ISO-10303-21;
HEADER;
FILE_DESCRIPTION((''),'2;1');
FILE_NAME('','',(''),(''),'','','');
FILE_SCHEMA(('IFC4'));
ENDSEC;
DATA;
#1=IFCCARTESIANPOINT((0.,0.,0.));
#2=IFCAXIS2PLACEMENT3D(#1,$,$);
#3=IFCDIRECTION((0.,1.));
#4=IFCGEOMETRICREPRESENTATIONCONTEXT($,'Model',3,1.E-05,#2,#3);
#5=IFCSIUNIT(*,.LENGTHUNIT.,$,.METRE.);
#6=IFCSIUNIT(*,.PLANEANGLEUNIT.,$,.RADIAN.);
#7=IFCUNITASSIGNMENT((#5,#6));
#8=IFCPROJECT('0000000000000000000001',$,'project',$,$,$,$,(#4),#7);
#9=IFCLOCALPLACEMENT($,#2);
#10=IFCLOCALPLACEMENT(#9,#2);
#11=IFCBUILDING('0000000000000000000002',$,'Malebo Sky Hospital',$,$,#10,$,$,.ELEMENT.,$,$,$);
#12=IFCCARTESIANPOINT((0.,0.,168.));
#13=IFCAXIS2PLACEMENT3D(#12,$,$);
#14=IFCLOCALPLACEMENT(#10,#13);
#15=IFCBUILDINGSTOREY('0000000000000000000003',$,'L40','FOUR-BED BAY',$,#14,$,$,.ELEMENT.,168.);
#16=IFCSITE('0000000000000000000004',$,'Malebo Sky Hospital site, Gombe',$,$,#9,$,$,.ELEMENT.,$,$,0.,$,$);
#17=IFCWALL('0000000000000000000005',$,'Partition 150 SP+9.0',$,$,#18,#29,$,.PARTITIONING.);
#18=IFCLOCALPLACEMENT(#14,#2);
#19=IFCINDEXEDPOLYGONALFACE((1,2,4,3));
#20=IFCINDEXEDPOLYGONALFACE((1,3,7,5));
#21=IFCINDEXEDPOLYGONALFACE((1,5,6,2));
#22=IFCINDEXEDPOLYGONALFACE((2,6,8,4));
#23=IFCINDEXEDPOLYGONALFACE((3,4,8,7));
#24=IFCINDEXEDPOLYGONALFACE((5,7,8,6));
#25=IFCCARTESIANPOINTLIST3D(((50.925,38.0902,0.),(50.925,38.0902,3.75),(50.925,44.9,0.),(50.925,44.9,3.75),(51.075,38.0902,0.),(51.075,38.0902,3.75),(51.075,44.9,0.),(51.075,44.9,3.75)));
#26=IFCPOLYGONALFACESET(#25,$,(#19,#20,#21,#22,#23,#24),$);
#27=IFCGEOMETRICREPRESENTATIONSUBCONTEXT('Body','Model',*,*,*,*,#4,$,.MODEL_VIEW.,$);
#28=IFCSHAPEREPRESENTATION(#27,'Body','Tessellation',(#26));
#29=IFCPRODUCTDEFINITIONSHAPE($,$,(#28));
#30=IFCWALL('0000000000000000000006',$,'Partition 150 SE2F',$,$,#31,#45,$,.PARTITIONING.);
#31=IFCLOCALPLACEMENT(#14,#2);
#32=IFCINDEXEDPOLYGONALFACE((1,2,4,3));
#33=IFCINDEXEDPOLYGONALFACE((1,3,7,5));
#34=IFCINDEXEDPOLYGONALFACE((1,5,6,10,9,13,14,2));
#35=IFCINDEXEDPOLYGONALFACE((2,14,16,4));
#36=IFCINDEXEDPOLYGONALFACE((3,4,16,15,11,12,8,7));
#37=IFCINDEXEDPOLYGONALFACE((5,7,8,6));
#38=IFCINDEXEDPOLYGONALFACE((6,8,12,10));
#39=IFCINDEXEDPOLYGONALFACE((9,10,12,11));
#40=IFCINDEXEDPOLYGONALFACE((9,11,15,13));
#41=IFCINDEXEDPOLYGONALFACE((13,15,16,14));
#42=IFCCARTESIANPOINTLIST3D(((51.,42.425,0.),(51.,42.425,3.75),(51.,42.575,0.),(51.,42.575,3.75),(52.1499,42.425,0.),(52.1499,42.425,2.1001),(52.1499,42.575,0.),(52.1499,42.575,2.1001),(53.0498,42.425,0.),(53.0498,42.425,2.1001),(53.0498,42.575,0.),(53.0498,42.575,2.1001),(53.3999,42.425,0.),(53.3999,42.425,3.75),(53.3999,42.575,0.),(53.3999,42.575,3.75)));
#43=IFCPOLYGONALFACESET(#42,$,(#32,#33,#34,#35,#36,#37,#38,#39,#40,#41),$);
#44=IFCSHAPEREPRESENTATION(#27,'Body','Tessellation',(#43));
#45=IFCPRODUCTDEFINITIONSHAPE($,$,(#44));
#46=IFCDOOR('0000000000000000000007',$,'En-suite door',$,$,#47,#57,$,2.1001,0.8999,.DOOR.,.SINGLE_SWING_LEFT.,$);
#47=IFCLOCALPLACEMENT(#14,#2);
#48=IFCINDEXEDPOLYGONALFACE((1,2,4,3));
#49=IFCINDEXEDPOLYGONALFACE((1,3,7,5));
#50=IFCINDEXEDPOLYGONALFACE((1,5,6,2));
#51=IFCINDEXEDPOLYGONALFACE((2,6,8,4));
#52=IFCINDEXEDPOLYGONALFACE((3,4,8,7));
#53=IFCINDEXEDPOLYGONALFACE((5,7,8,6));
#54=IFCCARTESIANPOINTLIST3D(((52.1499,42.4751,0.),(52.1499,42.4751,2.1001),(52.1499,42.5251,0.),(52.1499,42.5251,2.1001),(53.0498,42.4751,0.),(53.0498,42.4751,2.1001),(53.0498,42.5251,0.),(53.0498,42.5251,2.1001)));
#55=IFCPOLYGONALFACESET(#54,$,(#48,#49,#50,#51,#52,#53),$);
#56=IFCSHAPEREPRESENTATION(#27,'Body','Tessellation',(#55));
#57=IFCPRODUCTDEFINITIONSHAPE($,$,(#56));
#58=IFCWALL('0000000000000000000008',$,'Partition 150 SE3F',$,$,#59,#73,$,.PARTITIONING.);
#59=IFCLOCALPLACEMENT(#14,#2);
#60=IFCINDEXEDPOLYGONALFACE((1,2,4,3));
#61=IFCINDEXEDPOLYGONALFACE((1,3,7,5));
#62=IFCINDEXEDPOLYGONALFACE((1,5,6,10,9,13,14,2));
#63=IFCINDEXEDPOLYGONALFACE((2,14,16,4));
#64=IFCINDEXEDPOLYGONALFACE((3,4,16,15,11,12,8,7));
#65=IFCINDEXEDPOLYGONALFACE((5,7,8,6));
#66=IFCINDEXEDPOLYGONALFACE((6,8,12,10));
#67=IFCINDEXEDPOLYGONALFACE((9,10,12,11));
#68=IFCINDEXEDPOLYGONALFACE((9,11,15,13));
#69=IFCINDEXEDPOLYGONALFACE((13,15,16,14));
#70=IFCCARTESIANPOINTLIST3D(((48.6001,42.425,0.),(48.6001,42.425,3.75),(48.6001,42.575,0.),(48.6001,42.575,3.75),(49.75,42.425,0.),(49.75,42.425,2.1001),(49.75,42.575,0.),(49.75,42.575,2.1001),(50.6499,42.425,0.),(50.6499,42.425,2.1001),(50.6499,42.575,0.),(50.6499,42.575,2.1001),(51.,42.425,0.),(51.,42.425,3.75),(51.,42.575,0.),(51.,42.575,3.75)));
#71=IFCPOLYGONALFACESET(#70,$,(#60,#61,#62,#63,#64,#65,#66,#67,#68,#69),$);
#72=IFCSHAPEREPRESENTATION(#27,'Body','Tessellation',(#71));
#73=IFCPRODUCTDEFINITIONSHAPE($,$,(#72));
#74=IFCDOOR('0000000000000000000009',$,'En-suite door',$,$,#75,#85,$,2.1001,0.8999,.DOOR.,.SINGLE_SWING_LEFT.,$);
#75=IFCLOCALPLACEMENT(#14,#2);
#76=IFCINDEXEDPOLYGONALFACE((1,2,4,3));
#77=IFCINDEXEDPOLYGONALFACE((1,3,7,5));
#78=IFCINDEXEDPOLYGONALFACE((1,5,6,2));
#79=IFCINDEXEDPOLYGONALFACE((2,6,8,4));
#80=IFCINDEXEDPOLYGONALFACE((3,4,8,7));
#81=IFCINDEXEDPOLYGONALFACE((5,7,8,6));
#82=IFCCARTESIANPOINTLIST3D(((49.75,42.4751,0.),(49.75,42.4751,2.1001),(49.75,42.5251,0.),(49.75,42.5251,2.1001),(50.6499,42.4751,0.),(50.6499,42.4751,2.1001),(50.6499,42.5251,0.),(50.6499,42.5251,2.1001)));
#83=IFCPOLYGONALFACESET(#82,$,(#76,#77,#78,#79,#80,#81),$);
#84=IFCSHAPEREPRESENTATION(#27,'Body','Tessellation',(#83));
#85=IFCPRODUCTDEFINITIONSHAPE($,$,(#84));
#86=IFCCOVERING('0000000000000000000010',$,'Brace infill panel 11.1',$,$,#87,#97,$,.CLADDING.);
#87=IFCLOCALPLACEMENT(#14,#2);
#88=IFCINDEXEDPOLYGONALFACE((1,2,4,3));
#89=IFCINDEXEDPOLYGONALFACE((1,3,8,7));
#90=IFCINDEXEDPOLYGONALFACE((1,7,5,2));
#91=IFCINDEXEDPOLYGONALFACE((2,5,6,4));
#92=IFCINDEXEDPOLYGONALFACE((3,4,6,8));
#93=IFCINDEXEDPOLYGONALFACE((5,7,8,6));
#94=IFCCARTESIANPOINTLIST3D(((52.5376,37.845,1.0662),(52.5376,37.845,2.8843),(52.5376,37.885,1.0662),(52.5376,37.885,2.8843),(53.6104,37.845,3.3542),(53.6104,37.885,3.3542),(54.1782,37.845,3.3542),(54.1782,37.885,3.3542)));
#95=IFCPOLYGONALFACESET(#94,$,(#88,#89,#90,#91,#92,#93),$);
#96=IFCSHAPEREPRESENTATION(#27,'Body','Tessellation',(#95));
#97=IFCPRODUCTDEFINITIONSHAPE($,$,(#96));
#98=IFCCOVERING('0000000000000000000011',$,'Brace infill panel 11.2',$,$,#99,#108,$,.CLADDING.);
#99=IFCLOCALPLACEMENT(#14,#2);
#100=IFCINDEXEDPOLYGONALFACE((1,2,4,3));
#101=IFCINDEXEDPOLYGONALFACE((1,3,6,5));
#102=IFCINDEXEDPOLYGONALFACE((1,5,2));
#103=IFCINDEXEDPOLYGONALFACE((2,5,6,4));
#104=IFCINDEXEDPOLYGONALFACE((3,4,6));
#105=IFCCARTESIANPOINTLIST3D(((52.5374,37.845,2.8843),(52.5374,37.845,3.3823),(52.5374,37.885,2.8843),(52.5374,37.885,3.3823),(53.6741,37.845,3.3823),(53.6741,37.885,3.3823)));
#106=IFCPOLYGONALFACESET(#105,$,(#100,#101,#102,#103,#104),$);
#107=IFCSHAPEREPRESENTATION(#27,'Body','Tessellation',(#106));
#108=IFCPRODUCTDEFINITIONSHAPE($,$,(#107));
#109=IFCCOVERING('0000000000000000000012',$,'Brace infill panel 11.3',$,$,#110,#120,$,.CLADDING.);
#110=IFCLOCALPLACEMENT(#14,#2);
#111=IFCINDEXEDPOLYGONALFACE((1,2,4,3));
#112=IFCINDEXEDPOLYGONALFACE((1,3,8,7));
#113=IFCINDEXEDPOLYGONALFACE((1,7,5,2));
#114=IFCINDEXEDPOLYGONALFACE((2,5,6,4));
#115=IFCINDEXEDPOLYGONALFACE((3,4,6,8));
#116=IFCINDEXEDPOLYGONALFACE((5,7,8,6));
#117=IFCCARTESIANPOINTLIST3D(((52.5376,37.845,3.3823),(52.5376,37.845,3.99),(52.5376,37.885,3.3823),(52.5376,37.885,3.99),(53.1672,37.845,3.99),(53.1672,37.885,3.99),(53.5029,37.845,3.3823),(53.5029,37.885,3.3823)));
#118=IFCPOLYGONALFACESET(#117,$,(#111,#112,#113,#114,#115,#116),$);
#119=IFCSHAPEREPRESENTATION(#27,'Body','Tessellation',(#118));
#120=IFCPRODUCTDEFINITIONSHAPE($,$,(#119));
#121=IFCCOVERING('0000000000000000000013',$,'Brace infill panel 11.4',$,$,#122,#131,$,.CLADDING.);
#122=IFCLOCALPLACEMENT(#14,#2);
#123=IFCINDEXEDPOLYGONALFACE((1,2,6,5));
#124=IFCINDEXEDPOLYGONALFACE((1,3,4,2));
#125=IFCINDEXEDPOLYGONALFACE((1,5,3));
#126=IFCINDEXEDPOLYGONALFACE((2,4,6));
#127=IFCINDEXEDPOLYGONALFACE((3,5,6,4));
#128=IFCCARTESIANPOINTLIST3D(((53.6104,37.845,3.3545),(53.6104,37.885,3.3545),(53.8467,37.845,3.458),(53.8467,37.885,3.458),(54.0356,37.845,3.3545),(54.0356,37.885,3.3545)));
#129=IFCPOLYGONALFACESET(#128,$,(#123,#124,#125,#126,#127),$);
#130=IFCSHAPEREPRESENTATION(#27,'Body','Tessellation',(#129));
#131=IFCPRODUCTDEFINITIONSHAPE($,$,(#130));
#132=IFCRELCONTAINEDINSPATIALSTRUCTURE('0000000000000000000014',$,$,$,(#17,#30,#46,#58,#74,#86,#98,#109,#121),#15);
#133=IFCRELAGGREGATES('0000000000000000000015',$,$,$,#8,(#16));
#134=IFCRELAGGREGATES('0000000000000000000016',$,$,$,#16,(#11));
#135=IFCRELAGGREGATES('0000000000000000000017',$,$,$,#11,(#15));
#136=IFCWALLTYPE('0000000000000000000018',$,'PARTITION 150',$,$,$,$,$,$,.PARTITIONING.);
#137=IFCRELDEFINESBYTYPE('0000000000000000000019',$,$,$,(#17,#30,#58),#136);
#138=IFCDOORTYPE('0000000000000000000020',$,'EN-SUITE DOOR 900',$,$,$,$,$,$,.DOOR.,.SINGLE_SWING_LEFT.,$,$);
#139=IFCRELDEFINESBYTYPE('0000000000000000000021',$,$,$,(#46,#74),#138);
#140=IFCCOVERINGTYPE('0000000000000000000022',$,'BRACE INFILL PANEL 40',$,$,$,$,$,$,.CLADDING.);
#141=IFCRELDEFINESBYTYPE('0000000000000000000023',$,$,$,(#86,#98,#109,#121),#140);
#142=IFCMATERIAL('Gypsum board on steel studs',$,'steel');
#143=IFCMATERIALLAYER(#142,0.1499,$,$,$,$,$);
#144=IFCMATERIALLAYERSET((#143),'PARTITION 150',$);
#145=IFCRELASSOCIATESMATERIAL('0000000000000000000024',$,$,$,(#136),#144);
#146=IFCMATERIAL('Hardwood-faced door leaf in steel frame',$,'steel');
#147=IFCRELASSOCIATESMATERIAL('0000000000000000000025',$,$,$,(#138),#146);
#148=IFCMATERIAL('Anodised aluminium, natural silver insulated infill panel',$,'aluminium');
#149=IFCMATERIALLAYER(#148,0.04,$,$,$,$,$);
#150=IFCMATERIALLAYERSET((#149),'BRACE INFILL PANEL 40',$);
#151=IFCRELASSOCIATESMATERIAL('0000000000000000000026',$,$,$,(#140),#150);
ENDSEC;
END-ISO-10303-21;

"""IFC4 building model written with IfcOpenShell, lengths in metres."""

from ifc_helpers import new_model, si_unit, direction, frame, frame_2d, origin, place, context, subcontext, project, spatial, polyline, rectangle, outline, extrude, material, layer, layer_set, type_object, element, fill, save


model = new_model("IFC4")

# Units and contexts
model_context = context("Model", 3, precision=1e-05, world=origin(), true_north=direction((0.0, 1.0)))
body_context = subcontext(model_context, "Body", "Model", "MODEL_VIEW")
ifc_project = project(units=[si_unit("LENGTHUNIT", "METRE"), si_unit("PLANEANGLEUNIT", "RADIAN")], contexts=[model_context])

# Site, building, storey
site_placement = place(None, origin())
site = spatial("IfcSite", under=ifc_project, at=site_placement, Name="Malebo Sky Hospital site, Gombe", CompositionType="ELEMENT", RefElevation=0.0)
building_placement = place(site_placement, origin())
building = spatial("IfcBuilding", under=site, at=building_placement, Name="Malebo Sky Hospital", CompositionType="ELEMENT")
storey_placement = place(building_placement, frame((0.0, 0.0, 168.0)))
storey = spatial("IfcBuildingStorey", under=building, at=storey_placement, Name="L40", Description="FOUR-BED BAY", CompositionType="ELEMENT", Elevation=168.0)

# Wall
ifc_material_1 = material(Name="Gypsum board on steel studs", Category="steel")
ifc_layer_1 = layer(ifc_material_1, 0.1499)
ifc_layer_set_1 = layer_set([ifc_layer_1], Name="PARTITION 150")
wall_type = type_object("IfcWallType", Name="PARTITION 150", PredefinedType="PARTITIONING", material=ifc_layer_set_1)
wall_1_placement = place(storey_placement, frame((51.0, 44.8999, 0.0), z_axis=(0.0, 0.0, 1.0), x_axis=(0.0, -1.0, 0.0)))
element("IfcWall", 1, at=wall_1_placement, inside=storey, type_object=wall_type, Name="Partition 150 SP+9.0", PredefinedType="PARTITIONING", context=body_context, shape_type="SweptSolid", body=[
    extrude(rectangle(XDim=6.8098, YDim=0.1499, at=frame_2d((3.4048, 0.0))), origin(), (0.0, 0.0, 1.0), 3.75),
])

# Walls, openings, doors
wall_2_placement = place(storey_placement, frame((53.3999, 42.5, 0.0), z_axis=(0.0, 0.0, 1.0), x_axis=(-1.0, 0.0, 0.0)))
wall_2 = element("IfcWall", 2, at=wall_2_placement, inside=storey, type_object=wall_type, Name="Partition 150 SE2F", PredefinedType="PARTITIONING", context=body_context, shape_type="SweptSolid", body=[
    extrude(rectangle(XDim=2.3999, YDim=0.1499, at=frame_2d((1.2, 0.0))), origin(), (0.0, 0.0, 1.0), 3.75),
])
opening_1_placement = place(wall_2_placement, frame((0.3501, 0.0, 0.0)))
opening_1 = element("IfcOpeningElement", 3, at=opening_1_placement, cuts=wall_2, PredefinedType="OPENING", context=body_context, shape_type="SweptSolid", body=[
    extrude(rectangle(XDim=0.8999, YDim=2.1001, at=frame_2d((0.45, 1.05))), frame((0.0, 0.085, 0.0), z_axis=(0.0, -1.0, 0.0), x_axis=(1.0, 0.0, 0.0)), (0.0, 0.0, 1.0), 0.1699),
])
ifc_material_2 = material(Name="Hardwood-faced door leaf in steel frame", Category="steel")
door_type = type_object("IfcDoorType", Name="EN-SUITE DOOR 900", OperationType="SINGLE_SWING_LEFT", PredefinedType="DOOR", material=ifc_material_2)
door_1_placement = place(opening_1_placement, origin())
door_1 = element("IfcDoor", 4, at=door_1_placement, inside=storey, type_object=door_type, Name="En-suite door", OperationType="SINGLE_SWING_LEFT", OverallHeight=2.1001, OverallWidth=0.8999, PredefinedType="DOOR", context=body_context, shape_type="SweptSolid", body=[
    extrude(rectangle(XDim=0.8999, YDim=2.1001, at=frame_2d((0.45, 1.05))), frame((0.0, 0.0249, 0.0), z_axis=(0.0, -1.0, 0.0), x_axis=(1.0, 0.0, 0.0)), (0.0, 0.0, 1.0), 0.05),
])
fill(opening_1, door_1)
wall_3_placement = place(storey_placement, frame((51.0, 42.5, 0.0), z_axis=(0.0, 0.0, 1.0), x_axis=(-1.0, 0.0, 0.0)))
wall_3 = element("IfcWall", 5, at=wall_3_placement, inside=storey, type_object=wall_type, Name="Partition 150 SE3F", PredefinedType="PARTITIONING", context=body_context, shape_type="SweptSolid", body=[
    extrude(rectangle(XDim=2.3999, YDim=0.1499, at=frame_2d((1.2, 0.0))), origin(), (0.0, 0.0, 1.0), 3.75),
])
opening_2_placement = place(wall_3_placement, frame((0.3501, 0.0, 0.0)))
opening_2 = element("IfcOpeningElement", 6, at=opening_2_placement, cuts=wall_3, PredefinedType="OPENING", context=body_context, shape_type="SweptSolid", body=[
    extrude(rectangle(XDim=0.8999, YDim=2.1001, at=frame_2d((0.45, 1.05))), frame((0.0, 0.085, 0.0), z_axis=(0.0, -1.0, 0.0), x_axis=(1.0, 0.0, 0.0)), (0.0, 0.0, 1.0), 0.1699),
])
door_2_placement = place(opening_2_placement, origin())
door_2 = element("IfcDoor", 7, at=door_2_placement, inside=storey, type_object=door_type, Name="En-suite door", OperationType="SINGLE_SWING_LEFT", OverallHeight=2.1001, OverallWidth=0.8999, PredefinedType="DOOR", context=body_context, shape_type="SweptSolid", body=[
    extrude(rectangle(XDim=0.8999, YDim=2.1001, at=frame_2d((0.45, 1.05))), frame((0.0, 0.0249, 0.0), z_axis=(0.0, -1.0, 0.0), x_axis=(1.0, 0.0, 0.0)), (0.0, 0.0, 1.0), 0.05),
])
fill(opening_2, door_2)

# Coverings
ifc_material_3 = material(Name="Anodised aluminium, natural silver insulated infill panel", Category="aluminium")
ifc_layer_2 = layer(ifc_material_3, 0.04)
ifc_layer_set_2 = layer_set([ifc_layer_2], Name="BRACE INFILL PANEL 40")
covering_type = type_object("IfcCoveringType", Name="BRACE INFILL PANEL 40", PredefinedType="CLADDING", material=ifc_layer_set_2)
covering_1_placement = place(storey_placement, frame((53.3579, 37.865, 1.0662), z_axis=(0.0, 0.0, 1.0), x_axis=(-1.0, 0.0, 0.0)))
element("IfcCovering", 8, at=covering_1_placement, inside=storey, type_object=covering_type, Name="Brace infill panel 11.1", PredefinedType="CLADDING", context=body_context, shape_type="SweptSolid", body=[
    extrude(outline(polyline([(0.8203, 0.0), (0.8203, 1.8181), (-0.2524, 2.2881), (-0.8203, 2.2881), (0.8203, 0.0)])), frame((0.0, 0.02, 0.0), z_axis=(0.0, -1.0, 0.0), x_axis=(1.0, 0.0, 0.0)), (0.0, 0.0, 1.0), 0.04),
])
covering_2_placement = place(storey_placement, frame((53.1057, 37.865, 2.8843), z_axis=(0.0, 0.0, 1.0), x_axis=(-1.0, 0.0, 0.0)))
element("IfcCovering", 9, at=covering_2_placement, inside=storey, type_object=covering_type, Name="Brace infill panel 11.2", PredefinedType="CLADDING", context=body_context, shape_type="SweptSolid", body=[
    extrude(outline(polyline([(0.5684, 0.0), (0.5684, 0.498), (-0.5684, 0.498), (0.5684, 0.0)])), frame((0.0, 0.02, 0.0), z_axis=(0.0, -1.0, 0.0), x_axis=(1.0, 0.0, 0.0)), (0.0, 0.0, 1.0), 0.04),
])
covering_3_placement = place(storey_placement, frame((53.0203, 37.865, 3.3823), z_axis=(0.0, 0.0, 1.0), x_axis=(-1.0, 0.0, 0.0)))
element("IfcCovering", 10, at=covering_3_placement, inside=storey, type_object=covering_type, Name="Brace infill panel 11.3", PredefinedType="CLADDING", context=body_context, shape_type="SweptSolid", body=[
    extrude(outline(polyline([(-0.4827, 0.0), (0.4827, 0.0), (0.4827, 0.6077), (-0.147, 0.6077), (-0.4827, 0.0)])), frame((0.0, 0.02, 0.0), z_axis=(0.0, -1.0, 0.0), x_axis=(1.0, 0.0, 0.0)), (0.0, 0.0, 1.0), 0.04),
])
covering_4_placement = place(storey_placement, frame((53.823, 37.865, 3.3545), z_axis=(0.0, 0.0, 1.0), x_axis=(-1.0, 0.0, 0.0)))
element("IfcCovering", 11, at=covering_4_placement, inside=storey, type_object=covering_type, Name="Brace infill panel 11.4", PredefinedType="CLADDING", context=body_context, shape_type="SweptSolid", body=[
    extrude(outline(polyline([(-0.2126, 0.0), (0.2126, 0.0), (-0.0237, 0.1035), (-0.2126, 0.0)])), frame((0.0, 0.02, 0.0), z_axis=(0.0, -1.0, 0.0), x_axis=(1.0, 0.0, 0.0)), (0.0, 0.0, 1.0), 0.04),
])

save(model, "model.ifc")
